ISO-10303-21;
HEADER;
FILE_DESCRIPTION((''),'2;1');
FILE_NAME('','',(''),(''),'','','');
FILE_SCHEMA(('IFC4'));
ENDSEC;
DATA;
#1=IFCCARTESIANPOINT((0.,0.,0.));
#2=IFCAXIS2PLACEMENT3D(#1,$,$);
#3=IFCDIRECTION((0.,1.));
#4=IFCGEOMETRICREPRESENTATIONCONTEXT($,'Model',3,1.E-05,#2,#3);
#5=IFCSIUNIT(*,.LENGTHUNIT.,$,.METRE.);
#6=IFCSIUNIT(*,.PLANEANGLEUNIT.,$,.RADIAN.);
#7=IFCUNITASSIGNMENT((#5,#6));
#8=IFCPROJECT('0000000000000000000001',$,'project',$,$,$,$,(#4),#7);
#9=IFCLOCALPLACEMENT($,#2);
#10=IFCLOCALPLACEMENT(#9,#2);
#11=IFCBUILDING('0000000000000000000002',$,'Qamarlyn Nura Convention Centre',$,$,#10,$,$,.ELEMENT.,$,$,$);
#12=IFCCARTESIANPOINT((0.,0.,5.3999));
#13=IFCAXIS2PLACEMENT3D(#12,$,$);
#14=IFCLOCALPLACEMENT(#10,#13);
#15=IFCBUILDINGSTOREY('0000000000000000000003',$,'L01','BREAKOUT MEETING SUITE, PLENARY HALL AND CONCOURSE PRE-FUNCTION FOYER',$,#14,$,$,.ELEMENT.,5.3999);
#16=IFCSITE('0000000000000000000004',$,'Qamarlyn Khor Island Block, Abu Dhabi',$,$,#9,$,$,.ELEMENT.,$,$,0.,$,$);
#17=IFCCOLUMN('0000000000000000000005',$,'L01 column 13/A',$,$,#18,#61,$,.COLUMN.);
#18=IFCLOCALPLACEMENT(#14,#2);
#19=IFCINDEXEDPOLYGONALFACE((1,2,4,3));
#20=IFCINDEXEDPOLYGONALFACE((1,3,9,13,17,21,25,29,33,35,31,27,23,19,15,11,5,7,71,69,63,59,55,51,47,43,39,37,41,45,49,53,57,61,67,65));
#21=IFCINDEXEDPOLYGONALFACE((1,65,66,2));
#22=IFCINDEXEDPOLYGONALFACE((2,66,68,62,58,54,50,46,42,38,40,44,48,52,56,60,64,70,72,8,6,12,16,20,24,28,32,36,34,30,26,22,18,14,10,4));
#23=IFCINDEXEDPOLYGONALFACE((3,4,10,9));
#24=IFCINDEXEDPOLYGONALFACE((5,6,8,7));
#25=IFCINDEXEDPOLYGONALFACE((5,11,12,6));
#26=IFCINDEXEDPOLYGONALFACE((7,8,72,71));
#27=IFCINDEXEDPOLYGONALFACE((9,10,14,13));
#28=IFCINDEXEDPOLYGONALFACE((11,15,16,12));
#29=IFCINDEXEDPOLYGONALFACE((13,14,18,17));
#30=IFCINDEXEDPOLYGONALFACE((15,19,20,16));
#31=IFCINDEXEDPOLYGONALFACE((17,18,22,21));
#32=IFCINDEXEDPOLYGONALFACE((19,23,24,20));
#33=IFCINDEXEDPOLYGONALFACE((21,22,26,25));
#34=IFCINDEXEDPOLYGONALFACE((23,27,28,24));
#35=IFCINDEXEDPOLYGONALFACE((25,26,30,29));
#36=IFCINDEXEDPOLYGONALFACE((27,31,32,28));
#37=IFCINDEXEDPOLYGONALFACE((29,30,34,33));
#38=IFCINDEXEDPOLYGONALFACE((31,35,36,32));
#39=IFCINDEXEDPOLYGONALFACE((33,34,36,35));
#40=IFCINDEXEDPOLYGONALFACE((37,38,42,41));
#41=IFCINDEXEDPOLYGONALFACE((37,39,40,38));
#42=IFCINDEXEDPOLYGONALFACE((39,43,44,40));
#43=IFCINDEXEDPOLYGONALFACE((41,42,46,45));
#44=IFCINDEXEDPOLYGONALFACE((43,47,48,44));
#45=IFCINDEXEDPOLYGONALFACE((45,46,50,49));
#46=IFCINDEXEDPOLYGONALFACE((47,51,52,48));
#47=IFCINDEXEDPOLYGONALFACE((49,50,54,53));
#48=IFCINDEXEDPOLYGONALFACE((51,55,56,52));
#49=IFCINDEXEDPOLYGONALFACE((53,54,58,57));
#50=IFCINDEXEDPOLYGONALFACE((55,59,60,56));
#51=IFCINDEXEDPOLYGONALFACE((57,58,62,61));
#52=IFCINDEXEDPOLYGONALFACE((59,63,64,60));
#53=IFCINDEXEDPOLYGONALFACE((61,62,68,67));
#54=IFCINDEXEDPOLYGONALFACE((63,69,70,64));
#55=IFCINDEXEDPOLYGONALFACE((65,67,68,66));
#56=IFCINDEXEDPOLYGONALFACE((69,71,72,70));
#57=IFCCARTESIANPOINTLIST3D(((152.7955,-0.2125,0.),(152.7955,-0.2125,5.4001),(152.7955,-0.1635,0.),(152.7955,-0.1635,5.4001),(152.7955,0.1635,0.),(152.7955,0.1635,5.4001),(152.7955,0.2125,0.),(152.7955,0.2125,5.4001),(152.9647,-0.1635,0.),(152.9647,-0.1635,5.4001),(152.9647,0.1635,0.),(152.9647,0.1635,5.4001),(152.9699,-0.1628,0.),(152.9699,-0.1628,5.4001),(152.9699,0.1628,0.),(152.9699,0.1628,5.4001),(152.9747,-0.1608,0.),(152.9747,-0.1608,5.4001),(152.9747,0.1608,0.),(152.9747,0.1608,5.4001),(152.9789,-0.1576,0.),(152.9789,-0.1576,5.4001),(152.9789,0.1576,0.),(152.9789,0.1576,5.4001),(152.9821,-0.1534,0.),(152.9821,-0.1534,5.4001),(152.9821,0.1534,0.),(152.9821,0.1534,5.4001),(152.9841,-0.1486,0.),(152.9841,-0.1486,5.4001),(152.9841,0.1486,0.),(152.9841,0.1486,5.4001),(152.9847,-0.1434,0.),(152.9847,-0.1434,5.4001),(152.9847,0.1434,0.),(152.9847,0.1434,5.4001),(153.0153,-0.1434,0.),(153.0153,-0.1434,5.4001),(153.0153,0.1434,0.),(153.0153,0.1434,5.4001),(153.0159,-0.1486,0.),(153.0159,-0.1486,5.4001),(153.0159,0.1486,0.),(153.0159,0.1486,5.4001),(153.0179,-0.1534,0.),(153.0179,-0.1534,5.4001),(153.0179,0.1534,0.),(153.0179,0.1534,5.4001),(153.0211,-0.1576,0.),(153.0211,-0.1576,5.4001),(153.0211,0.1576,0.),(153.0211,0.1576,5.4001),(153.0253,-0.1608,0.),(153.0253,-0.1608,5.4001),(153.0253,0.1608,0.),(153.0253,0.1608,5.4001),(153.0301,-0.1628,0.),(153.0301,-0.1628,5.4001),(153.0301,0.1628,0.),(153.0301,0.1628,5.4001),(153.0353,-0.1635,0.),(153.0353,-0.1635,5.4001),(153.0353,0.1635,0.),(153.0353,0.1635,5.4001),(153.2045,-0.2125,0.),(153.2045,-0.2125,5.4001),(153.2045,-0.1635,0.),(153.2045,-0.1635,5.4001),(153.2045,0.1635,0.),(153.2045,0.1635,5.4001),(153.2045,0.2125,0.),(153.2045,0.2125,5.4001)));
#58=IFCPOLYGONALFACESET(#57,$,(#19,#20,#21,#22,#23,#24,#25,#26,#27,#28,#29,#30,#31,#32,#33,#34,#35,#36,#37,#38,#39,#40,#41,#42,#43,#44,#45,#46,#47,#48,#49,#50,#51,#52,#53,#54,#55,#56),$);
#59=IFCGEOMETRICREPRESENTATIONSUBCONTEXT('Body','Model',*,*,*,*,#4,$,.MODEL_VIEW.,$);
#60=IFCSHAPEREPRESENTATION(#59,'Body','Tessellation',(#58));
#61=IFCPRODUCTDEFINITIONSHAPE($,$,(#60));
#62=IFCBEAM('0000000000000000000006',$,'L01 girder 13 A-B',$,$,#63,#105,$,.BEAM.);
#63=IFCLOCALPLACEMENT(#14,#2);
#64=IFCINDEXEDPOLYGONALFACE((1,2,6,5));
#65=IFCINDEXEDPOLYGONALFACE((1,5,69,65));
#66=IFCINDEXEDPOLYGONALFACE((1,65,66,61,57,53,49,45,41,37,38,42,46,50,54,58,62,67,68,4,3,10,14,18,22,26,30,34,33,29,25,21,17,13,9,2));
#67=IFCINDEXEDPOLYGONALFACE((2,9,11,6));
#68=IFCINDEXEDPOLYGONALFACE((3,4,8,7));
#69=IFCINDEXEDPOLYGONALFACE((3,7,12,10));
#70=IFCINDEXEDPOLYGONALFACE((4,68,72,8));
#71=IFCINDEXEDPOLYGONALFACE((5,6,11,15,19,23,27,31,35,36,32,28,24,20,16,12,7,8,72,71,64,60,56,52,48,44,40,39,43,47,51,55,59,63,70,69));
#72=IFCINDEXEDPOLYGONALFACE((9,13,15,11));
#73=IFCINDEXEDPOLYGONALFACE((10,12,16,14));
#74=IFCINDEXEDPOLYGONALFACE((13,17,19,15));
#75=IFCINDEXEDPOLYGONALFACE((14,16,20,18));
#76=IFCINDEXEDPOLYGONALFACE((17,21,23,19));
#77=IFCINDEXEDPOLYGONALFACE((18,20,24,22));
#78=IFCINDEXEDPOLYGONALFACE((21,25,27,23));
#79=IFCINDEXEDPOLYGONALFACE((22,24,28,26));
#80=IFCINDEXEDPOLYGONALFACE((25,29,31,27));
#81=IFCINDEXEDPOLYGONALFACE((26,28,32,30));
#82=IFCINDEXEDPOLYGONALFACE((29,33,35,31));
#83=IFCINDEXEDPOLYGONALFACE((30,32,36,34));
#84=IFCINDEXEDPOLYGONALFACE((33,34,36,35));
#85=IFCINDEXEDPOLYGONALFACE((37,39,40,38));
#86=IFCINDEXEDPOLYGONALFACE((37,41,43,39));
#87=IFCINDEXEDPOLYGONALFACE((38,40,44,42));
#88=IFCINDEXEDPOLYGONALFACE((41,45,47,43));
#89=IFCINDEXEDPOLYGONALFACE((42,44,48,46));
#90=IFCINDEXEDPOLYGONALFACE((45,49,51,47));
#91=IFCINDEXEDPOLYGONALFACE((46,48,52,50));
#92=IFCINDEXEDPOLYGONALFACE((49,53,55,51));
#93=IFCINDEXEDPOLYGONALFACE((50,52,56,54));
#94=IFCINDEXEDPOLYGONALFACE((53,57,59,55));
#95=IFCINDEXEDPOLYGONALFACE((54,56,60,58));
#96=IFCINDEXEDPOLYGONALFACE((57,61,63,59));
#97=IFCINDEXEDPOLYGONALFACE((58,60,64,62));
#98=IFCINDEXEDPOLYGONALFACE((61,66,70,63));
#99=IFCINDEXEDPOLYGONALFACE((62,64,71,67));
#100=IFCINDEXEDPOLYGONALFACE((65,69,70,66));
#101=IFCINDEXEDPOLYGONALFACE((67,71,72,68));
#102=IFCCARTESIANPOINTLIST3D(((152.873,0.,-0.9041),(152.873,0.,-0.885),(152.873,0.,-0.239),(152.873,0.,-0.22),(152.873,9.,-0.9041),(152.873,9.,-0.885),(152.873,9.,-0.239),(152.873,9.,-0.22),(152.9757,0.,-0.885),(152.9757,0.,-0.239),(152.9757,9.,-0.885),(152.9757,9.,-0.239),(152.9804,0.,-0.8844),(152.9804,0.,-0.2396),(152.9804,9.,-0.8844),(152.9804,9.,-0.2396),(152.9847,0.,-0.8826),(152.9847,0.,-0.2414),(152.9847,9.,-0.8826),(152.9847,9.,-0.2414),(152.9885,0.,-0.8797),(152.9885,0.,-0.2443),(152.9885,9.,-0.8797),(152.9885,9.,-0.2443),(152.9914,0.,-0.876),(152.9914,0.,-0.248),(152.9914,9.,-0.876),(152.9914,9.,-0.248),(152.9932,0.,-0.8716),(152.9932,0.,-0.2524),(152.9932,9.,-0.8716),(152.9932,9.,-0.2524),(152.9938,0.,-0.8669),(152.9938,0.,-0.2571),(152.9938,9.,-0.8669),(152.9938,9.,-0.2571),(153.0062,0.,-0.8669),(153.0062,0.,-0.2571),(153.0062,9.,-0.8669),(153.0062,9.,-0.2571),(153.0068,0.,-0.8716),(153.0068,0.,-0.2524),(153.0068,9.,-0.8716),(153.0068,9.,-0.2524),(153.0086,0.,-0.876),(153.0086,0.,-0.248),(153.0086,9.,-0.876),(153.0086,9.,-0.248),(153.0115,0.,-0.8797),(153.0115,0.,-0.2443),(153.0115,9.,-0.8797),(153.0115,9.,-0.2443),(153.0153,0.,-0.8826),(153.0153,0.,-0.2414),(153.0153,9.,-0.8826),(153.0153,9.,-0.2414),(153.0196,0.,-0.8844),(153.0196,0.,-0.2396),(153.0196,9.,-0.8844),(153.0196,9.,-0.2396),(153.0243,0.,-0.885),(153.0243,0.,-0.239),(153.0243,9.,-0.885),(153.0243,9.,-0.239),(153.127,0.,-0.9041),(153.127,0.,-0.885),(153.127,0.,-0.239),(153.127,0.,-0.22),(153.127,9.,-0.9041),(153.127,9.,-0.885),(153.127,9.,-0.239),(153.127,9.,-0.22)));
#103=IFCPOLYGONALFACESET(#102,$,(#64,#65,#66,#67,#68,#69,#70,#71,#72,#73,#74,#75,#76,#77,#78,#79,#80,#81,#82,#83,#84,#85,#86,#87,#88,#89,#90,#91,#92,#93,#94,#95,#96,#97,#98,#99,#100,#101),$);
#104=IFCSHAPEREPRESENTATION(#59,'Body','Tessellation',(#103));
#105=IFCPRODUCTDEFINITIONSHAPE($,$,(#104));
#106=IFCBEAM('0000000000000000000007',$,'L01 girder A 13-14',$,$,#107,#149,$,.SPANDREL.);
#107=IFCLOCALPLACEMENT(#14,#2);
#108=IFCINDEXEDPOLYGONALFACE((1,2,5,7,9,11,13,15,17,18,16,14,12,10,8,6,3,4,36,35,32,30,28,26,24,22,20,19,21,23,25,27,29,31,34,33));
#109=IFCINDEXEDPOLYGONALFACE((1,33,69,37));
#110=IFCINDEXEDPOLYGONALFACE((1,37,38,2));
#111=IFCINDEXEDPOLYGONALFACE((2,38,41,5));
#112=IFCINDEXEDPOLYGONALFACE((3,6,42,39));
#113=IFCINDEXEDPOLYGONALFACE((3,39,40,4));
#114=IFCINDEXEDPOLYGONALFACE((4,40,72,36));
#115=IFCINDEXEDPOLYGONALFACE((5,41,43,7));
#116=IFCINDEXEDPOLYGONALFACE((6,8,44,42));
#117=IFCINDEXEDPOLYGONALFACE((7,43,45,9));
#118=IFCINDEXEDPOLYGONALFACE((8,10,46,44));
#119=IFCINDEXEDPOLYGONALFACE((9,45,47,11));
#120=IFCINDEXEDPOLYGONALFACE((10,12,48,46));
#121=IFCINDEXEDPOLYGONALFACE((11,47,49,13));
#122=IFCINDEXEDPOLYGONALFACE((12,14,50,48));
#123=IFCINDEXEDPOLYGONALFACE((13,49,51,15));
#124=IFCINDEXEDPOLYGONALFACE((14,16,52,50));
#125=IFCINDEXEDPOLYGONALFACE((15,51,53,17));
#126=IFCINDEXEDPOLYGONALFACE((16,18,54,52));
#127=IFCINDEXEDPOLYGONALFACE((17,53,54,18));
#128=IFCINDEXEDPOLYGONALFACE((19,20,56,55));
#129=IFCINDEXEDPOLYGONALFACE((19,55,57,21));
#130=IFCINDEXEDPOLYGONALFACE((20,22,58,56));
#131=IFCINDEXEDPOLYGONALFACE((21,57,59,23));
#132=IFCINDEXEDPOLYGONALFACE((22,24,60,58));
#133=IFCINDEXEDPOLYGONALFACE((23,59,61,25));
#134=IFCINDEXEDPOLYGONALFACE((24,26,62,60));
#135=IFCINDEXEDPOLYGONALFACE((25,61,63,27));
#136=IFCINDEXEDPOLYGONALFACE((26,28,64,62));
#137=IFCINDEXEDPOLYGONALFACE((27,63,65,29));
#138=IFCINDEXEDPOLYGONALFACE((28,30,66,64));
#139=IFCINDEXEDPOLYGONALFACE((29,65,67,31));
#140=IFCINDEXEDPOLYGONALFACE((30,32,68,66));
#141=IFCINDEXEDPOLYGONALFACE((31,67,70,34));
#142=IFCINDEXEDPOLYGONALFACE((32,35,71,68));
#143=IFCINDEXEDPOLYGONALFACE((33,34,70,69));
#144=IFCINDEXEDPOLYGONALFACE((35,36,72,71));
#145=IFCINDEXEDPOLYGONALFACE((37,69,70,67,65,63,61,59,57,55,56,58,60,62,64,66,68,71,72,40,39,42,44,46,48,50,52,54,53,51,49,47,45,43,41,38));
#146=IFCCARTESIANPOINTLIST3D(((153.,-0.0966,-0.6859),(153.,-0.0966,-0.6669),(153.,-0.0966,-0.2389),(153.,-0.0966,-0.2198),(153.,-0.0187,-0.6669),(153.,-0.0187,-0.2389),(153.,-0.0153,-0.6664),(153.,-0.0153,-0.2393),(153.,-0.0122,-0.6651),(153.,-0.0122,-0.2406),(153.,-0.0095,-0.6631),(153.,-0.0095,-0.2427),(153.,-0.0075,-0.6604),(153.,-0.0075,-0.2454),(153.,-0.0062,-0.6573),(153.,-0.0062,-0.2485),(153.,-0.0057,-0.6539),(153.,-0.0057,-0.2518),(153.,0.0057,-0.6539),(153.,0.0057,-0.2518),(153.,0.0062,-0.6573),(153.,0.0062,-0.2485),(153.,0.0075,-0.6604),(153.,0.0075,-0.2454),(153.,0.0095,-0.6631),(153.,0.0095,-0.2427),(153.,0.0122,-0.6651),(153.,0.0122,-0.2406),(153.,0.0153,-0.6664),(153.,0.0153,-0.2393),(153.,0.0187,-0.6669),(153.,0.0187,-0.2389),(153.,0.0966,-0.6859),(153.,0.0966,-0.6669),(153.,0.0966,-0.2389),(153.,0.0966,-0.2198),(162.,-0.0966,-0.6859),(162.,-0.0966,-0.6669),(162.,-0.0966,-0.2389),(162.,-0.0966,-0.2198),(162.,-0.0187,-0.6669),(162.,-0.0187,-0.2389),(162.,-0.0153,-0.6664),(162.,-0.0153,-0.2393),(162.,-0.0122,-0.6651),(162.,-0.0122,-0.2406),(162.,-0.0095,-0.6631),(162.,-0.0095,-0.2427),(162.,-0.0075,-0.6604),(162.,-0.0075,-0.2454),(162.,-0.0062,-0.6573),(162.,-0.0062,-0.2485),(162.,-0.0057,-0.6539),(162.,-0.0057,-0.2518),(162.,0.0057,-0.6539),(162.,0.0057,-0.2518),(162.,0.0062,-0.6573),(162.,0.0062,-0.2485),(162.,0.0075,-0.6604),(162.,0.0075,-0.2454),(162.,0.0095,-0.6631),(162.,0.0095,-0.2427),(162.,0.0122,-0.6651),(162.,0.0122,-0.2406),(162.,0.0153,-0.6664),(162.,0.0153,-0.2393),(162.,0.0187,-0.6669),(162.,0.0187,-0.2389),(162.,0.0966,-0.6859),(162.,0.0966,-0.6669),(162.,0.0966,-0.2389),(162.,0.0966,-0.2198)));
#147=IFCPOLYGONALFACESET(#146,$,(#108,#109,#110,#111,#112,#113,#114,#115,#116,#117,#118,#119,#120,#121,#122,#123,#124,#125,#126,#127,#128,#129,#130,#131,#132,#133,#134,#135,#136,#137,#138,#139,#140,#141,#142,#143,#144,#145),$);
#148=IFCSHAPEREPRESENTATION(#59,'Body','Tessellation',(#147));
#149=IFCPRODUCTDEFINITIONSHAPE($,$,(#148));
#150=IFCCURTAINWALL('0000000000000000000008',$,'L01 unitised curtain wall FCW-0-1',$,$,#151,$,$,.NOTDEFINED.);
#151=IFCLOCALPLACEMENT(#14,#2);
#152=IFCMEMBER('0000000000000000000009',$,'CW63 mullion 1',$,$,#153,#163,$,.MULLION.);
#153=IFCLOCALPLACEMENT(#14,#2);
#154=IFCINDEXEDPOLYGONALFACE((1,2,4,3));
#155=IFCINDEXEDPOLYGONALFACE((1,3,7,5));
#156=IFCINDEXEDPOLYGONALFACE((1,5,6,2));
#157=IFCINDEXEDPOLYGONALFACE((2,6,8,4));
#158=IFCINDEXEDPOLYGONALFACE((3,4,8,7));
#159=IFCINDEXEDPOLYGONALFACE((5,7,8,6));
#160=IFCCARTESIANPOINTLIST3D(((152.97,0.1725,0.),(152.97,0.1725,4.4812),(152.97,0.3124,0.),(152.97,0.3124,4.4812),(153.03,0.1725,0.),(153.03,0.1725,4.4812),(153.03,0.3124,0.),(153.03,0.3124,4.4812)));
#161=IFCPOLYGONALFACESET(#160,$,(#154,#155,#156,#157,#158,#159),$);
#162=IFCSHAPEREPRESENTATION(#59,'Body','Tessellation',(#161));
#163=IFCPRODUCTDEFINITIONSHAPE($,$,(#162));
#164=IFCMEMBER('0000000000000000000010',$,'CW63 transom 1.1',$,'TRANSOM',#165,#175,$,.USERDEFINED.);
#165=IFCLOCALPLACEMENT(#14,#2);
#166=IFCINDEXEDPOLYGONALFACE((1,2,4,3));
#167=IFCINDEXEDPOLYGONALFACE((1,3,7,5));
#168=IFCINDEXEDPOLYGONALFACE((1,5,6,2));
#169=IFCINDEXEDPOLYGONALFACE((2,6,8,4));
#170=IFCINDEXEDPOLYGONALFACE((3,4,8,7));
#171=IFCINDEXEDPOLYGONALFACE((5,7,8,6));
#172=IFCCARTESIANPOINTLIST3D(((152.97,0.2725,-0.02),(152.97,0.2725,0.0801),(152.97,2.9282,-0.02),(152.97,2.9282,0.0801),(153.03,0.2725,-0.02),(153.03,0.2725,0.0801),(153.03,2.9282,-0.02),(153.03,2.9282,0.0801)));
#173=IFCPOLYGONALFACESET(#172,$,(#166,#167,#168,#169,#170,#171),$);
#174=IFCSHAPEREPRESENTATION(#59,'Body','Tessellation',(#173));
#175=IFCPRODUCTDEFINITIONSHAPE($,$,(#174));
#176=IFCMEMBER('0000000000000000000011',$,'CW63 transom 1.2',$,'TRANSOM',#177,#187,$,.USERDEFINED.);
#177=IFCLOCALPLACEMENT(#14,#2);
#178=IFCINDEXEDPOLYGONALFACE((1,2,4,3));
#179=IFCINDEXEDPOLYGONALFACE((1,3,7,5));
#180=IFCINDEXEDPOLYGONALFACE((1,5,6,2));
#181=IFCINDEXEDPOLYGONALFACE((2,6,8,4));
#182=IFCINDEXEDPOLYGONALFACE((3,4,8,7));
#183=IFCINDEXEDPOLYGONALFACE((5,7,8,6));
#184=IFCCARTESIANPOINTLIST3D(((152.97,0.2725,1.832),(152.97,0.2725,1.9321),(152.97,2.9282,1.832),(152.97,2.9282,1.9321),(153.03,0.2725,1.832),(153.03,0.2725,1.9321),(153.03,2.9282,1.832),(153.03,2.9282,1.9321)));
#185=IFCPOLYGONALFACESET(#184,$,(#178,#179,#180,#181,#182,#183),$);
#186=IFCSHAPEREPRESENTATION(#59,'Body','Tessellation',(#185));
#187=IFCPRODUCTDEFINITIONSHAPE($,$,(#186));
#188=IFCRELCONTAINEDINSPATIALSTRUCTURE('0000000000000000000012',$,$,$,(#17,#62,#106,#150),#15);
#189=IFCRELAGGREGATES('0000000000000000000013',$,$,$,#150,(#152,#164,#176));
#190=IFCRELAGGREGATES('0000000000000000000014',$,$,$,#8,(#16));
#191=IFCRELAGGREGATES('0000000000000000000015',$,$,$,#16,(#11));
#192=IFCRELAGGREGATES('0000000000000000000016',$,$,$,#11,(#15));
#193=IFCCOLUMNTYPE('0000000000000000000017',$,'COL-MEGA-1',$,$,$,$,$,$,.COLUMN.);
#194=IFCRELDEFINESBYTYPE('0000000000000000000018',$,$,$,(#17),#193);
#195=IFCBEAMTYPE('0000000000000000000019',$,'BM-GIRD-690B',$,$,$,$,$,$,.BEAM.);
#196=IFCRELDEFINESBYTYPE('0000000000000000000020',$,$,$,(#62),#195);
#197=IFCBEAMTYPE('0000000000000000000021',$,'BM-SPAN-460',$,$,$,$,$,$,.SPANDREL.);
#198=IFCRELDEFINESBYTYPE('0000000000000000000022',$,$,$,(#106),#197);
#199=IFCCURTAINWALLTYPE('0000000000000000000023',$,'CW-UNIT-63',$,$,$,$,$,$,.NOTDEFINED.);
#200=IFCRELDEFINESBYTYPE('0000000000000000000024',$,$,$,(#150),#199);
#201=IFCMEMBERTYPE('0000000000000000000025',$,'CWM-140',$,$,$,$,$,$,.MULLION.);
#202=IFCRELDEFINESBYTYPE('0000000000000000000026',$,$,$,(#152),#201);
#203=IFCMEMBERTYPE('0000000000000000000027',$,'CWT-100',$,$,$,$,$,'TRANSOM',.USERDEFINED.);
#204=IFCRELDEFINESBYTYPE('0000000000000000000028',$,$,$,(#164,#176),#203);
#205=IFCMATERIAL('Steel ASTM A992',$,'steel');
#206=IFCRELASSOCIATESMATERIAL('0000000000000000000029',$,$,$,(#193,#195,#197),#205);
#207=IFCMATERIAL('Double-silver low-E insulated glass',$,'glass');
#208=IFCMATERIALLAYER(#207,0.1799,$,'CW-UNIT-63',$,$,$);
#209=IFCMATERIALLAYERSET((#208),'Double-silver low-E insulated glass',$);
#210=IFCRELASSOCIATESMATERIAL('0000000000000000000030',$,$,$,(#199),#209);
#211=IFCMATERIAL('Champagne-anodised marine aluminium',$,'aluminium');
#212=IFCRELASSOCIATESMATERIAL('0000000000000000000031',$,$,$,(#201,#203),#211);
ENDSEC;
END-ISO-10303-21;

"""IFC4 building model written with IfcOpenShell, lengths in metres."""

from ifc_helpers import new_model, si_unit, direction, frame, origin, origin_2d, place, context, subcontext, project, spatial, rectangle, i_section, extrude, material, layer, layer_set, material_profile, profile_set, type_object, element, aggregate, save


model = new_model("IFC4")

# Units and contexts
model_context = context("Model", 3, precision=1e-05, world=origin(), true_north=direction((0.0, 1.0)))
body_context = subcontext(model_context, "Body", "Model", "MODEL_VIEW")
ifc_project = project(units=[si_unit("LENGTHUNIT", "METRE"), si_unit("PLANEANGLEUNIT", "RADIAN")], contexts=[model_context])

# Site, building, storey
site_placement = place(None, origin())
site = spatial("IfcSite", under=ifc_project, at=site_placement, Name="Qamarlyn Khor Island Block, Abu Dhabi", CompositionType="ELEMENT", RefElevation=0.0)
building_placement = place(site_placement, origin())
building = spatial("IfcBuilding", under=site, at=building_placement, Name="Qamarlyn Nura Convention Centre", CompositionType="ELEMENT")
storey_placement = place(building_placement, frame((0.0, 0.0, 5.3999)))
storey = spatial("IfcBuildingStorey", under=building, at=storey_placement, Name="L01", Description="BREAKOUT MEETING SUITE, PLENARY HALL AND CONCOURSE PRE-FUNCTION FOYER", CompositionType="ELEMENT", Elevation=5.3999)

# Column
ifc_material_1 = material(Name="Steel ASTM A992", Category="steel")
ifc_material_profile_1 = material_profile(ifc_material_1, i_section(OverallWidth=0.4089, OverallDepth=0.425, WebThickness=0.0305, FlangeThickness=0.0491, FilletRadius=0.02, at=origin_2d()), Name="W360X421")
ifc_profile_set_1 = profile_set([ifc_material_profile_1], Name="Steel ASTM A992")
column_type = type_object("IfcColumnType", Name="COL-MEGA-1", PredefinedType="COLUMN", material=ifc_profile_set_1)
column_placement = place(storey_placement, frame((153.0, 0.0, 0.0), z_axis=(0.0, 0.0, 1.0), x_axis=(1.0, 0.0, 0.0)))
element("IfcColumn", 1, at=column_placement, inside=storey, type_object=column_type, Name="L01 column 13/A", PredefinedType="COLUMN", context=body_context, shape_type="SweptSolid", body=[
    extrude(i_section(OverallWidth=0.4089, OverallDepth=0.425, WebThickness=0.0305, FlangeThickness=0.0491, FilletRadius=0.02, at=origin_2d()), origin(), (0.0, 0.0, 1.0), 5.4001),
])

# Beams
ifc_material_profile_2 = material_profile(ifc_material_1, i_section(OverallWidth=0.2539, OverallDepth=0.6841, WebThickness=0.0125, FlangeThickness=0.019, FilletRadius=0.0181, at=origin_2d()), Name="W690X140")
ifc_profile_set_2 = profile_set([ifc_material_profile_2], Name="Steel ASTM A992")
beam_type_1 = type_object("IfcBeamType", Name="BM-GIRD-690B", PredefinedType="BEAM", material=ifc_profile_set_2)
beam_1_placement = place(storey_placement, frame((153.0, 0.0, -0.562), z_axis=(0.0, 1.0, 0.0), x_axis=(-1.0, 0.0, 0.0)))
element("IfcBeam", 2, at=beam_1_placement, inside=storey, type_object=beam_type_1, Name="L01 girder 13 A-B", PredefinedType="BEAM", context=body_context, shape_type="SweptSolid", body=[
    extrude(i_section(OverallWidth=0.2539, OverallDepth=0.6841, WebThickness=0.0125, FlangeThickness=0.019, FilletRadius=0.0181, at=origin_2d()), origin(), (0.0, 0.0, 1.0), 9.0),
])
ifc_material_profile_3 = material_profile(ifc_material_1, i_section(OverallWidth=0.1931, OverallDepth=0.4661, WebThickness=0.0115, FlangeThickness=0.019, FilletRadius=0.0129, at=origin_2d()), Name="W460X97")
ifc_profile_set_3 = profile_set([ifc_material_profile_3], Name="Steel ASTM A992")
beam_type_2 = type_object("IfcBeamType", Name="BM-SPAN-460", PredefinedType="SPANDREL", material=ifc_profile_set_3)
beam_2_placement = place(storey_placement, frame((153.0, 0.0, -0.4529), z_axis=(1.0, 0.0, 0.0), x_axis=(0.0, 1.0, 0.0)))
element("IfcBeam", 3, at=beam_2_placement, inside=storey, type_object=beam_type_2, Name="L01 girder A 13-14", PredefinedType="SPANDREL", context=body_context, shape_type="SweptSolid", body=[
    extrude(i_section(OverallWidth=0.1931, OverallDepth=0.4661, WebThickness=0.0115, FlangeThickness=0.019, FilletRadius=0.0129, at=origin_2d()), origin(), (0.0, 0.0, 1.0), 9.0),
])

# Curtain wall, members
ifc_material_2 = material(Name="Double-silver low-E insulated glass", Category="glass")
ifc_layer_1 = layer(ifc_material_2, 0.1799, Name="CW-UNIT-63")
ifc_layer_set_1 = layer_set([ifc_layer_1], Name="Double-silver low-E insulated glass")
curtain_wall_type = type_object("IfcCurtainWallType", Name="CW-UNIT-63", PredefinedType="NOTDEFINED", material=ifc_layer_set_1)
curtain_wall_placement = place(storey_placement, origin())
curtain_wall = element("IfcCurtainWall", 4, at=curtain_wall_placement, inside=storey, type_object=curtain_wall_type, Name="L01 unitised curtain wall FCW-0-1", PredefinedType="NOTDEFINED")
ifc_material_3 = material(Name="Champagne-anodised marine aluminium", Category="aluminium")
ifc_material_profile_4 = material_profile(ifc_material_3, rectangle(XDim=0.0601, YDim=0.1399, at=origin_2d()), Name="ALU MULLION 60x140")
ifc_profile_set_4 = profile_set([ifc_material_profile_4], Name="Champagne-anodised marine aluminium")
member_type_1 = type_object("IfcMemberType", Name="CWM-140", PredefinedType="MULLION", material=ifc_profile_set_4)
member_1_placement = place(storey_placement, frame((153.0, 0.2424, 0.0), z_axis=(0.0, 0.0, 1.0), x_axis=(-1.0, 0.0, 0.0)))
member_1 = element("IfcMember", 5, at=member_1_placement, type_object=member_type_1, Name="CW63 mullion 1", PredefinedType="MULLION", context=body_context, shape_type="SweptSolid", body=[
    extrude(rectangle(XDim=0.0601, YDim=0.1399, at=origin_2d()), origin(), (0.0, 0.0, 1.0), 4.4812),
])
ifc_material_profile_5 = material_profile(ifc_material_3, rectangle(XDim=0.0601, YDim=0.1001, at=origin_2d()), Name="ALU TRANSOM 60x100")
ifc_profile_set_5 = profile_set([ifc_material_profile_5], Name="Champagne-anodised marine aluminium")
member_type_2 = type_object("IfcMemberType", Name="CWT-100", ElementType="TRANSOM", PredefinedType="USERDEFINED", material=ifc_profile_set_5)
member_2_placement = place(storey_placement, frame((153.0, 0.2725, 0.03), z_axis=(0.0, 1.0, 0.0), x_axis=(-1.0, 0.0, 0.0)))
member_2 = element("IfcMember", 6, at=member_2_placement, type_object=member_type_2, Name="CW63 transom 1.1", ObjectType="TRANSOM", PredefinedType="USERDEFINED", context=body_context, shape_type="SweptSolid", body=[
    extrude(rectangle(XDim=0.0601, YDim=0.1001, at=origin_2d()), origin(), (0.0, 0.0, 1.0), 2.6558),
])
member_3_placement = place(storey_placement, frame((153.0, 0.2725, 1.8821), z_axis=(0.0, 1.0, 0.0), x_axis=(-1.0, 0.0, 0.0)))
member_3 = element("IfcMember", 7, at=member_3_placement, type_object=member_type_2, Name="CW63 transom 1.2", ObjectType="TRANSOM", PredefinedType="USERDEFINED", context=body_context, shape_type="SweptSolid", body=[
    extrude(rectangle(XDim=0.0601, YDim=0.1001, at=origin_2d()), origin(), (0.0, 0.0, 1.0), 2.6558),
])
aggregate(curtain_wall, [member_1, member_2, member_3])

save(model, "model.ifc")
